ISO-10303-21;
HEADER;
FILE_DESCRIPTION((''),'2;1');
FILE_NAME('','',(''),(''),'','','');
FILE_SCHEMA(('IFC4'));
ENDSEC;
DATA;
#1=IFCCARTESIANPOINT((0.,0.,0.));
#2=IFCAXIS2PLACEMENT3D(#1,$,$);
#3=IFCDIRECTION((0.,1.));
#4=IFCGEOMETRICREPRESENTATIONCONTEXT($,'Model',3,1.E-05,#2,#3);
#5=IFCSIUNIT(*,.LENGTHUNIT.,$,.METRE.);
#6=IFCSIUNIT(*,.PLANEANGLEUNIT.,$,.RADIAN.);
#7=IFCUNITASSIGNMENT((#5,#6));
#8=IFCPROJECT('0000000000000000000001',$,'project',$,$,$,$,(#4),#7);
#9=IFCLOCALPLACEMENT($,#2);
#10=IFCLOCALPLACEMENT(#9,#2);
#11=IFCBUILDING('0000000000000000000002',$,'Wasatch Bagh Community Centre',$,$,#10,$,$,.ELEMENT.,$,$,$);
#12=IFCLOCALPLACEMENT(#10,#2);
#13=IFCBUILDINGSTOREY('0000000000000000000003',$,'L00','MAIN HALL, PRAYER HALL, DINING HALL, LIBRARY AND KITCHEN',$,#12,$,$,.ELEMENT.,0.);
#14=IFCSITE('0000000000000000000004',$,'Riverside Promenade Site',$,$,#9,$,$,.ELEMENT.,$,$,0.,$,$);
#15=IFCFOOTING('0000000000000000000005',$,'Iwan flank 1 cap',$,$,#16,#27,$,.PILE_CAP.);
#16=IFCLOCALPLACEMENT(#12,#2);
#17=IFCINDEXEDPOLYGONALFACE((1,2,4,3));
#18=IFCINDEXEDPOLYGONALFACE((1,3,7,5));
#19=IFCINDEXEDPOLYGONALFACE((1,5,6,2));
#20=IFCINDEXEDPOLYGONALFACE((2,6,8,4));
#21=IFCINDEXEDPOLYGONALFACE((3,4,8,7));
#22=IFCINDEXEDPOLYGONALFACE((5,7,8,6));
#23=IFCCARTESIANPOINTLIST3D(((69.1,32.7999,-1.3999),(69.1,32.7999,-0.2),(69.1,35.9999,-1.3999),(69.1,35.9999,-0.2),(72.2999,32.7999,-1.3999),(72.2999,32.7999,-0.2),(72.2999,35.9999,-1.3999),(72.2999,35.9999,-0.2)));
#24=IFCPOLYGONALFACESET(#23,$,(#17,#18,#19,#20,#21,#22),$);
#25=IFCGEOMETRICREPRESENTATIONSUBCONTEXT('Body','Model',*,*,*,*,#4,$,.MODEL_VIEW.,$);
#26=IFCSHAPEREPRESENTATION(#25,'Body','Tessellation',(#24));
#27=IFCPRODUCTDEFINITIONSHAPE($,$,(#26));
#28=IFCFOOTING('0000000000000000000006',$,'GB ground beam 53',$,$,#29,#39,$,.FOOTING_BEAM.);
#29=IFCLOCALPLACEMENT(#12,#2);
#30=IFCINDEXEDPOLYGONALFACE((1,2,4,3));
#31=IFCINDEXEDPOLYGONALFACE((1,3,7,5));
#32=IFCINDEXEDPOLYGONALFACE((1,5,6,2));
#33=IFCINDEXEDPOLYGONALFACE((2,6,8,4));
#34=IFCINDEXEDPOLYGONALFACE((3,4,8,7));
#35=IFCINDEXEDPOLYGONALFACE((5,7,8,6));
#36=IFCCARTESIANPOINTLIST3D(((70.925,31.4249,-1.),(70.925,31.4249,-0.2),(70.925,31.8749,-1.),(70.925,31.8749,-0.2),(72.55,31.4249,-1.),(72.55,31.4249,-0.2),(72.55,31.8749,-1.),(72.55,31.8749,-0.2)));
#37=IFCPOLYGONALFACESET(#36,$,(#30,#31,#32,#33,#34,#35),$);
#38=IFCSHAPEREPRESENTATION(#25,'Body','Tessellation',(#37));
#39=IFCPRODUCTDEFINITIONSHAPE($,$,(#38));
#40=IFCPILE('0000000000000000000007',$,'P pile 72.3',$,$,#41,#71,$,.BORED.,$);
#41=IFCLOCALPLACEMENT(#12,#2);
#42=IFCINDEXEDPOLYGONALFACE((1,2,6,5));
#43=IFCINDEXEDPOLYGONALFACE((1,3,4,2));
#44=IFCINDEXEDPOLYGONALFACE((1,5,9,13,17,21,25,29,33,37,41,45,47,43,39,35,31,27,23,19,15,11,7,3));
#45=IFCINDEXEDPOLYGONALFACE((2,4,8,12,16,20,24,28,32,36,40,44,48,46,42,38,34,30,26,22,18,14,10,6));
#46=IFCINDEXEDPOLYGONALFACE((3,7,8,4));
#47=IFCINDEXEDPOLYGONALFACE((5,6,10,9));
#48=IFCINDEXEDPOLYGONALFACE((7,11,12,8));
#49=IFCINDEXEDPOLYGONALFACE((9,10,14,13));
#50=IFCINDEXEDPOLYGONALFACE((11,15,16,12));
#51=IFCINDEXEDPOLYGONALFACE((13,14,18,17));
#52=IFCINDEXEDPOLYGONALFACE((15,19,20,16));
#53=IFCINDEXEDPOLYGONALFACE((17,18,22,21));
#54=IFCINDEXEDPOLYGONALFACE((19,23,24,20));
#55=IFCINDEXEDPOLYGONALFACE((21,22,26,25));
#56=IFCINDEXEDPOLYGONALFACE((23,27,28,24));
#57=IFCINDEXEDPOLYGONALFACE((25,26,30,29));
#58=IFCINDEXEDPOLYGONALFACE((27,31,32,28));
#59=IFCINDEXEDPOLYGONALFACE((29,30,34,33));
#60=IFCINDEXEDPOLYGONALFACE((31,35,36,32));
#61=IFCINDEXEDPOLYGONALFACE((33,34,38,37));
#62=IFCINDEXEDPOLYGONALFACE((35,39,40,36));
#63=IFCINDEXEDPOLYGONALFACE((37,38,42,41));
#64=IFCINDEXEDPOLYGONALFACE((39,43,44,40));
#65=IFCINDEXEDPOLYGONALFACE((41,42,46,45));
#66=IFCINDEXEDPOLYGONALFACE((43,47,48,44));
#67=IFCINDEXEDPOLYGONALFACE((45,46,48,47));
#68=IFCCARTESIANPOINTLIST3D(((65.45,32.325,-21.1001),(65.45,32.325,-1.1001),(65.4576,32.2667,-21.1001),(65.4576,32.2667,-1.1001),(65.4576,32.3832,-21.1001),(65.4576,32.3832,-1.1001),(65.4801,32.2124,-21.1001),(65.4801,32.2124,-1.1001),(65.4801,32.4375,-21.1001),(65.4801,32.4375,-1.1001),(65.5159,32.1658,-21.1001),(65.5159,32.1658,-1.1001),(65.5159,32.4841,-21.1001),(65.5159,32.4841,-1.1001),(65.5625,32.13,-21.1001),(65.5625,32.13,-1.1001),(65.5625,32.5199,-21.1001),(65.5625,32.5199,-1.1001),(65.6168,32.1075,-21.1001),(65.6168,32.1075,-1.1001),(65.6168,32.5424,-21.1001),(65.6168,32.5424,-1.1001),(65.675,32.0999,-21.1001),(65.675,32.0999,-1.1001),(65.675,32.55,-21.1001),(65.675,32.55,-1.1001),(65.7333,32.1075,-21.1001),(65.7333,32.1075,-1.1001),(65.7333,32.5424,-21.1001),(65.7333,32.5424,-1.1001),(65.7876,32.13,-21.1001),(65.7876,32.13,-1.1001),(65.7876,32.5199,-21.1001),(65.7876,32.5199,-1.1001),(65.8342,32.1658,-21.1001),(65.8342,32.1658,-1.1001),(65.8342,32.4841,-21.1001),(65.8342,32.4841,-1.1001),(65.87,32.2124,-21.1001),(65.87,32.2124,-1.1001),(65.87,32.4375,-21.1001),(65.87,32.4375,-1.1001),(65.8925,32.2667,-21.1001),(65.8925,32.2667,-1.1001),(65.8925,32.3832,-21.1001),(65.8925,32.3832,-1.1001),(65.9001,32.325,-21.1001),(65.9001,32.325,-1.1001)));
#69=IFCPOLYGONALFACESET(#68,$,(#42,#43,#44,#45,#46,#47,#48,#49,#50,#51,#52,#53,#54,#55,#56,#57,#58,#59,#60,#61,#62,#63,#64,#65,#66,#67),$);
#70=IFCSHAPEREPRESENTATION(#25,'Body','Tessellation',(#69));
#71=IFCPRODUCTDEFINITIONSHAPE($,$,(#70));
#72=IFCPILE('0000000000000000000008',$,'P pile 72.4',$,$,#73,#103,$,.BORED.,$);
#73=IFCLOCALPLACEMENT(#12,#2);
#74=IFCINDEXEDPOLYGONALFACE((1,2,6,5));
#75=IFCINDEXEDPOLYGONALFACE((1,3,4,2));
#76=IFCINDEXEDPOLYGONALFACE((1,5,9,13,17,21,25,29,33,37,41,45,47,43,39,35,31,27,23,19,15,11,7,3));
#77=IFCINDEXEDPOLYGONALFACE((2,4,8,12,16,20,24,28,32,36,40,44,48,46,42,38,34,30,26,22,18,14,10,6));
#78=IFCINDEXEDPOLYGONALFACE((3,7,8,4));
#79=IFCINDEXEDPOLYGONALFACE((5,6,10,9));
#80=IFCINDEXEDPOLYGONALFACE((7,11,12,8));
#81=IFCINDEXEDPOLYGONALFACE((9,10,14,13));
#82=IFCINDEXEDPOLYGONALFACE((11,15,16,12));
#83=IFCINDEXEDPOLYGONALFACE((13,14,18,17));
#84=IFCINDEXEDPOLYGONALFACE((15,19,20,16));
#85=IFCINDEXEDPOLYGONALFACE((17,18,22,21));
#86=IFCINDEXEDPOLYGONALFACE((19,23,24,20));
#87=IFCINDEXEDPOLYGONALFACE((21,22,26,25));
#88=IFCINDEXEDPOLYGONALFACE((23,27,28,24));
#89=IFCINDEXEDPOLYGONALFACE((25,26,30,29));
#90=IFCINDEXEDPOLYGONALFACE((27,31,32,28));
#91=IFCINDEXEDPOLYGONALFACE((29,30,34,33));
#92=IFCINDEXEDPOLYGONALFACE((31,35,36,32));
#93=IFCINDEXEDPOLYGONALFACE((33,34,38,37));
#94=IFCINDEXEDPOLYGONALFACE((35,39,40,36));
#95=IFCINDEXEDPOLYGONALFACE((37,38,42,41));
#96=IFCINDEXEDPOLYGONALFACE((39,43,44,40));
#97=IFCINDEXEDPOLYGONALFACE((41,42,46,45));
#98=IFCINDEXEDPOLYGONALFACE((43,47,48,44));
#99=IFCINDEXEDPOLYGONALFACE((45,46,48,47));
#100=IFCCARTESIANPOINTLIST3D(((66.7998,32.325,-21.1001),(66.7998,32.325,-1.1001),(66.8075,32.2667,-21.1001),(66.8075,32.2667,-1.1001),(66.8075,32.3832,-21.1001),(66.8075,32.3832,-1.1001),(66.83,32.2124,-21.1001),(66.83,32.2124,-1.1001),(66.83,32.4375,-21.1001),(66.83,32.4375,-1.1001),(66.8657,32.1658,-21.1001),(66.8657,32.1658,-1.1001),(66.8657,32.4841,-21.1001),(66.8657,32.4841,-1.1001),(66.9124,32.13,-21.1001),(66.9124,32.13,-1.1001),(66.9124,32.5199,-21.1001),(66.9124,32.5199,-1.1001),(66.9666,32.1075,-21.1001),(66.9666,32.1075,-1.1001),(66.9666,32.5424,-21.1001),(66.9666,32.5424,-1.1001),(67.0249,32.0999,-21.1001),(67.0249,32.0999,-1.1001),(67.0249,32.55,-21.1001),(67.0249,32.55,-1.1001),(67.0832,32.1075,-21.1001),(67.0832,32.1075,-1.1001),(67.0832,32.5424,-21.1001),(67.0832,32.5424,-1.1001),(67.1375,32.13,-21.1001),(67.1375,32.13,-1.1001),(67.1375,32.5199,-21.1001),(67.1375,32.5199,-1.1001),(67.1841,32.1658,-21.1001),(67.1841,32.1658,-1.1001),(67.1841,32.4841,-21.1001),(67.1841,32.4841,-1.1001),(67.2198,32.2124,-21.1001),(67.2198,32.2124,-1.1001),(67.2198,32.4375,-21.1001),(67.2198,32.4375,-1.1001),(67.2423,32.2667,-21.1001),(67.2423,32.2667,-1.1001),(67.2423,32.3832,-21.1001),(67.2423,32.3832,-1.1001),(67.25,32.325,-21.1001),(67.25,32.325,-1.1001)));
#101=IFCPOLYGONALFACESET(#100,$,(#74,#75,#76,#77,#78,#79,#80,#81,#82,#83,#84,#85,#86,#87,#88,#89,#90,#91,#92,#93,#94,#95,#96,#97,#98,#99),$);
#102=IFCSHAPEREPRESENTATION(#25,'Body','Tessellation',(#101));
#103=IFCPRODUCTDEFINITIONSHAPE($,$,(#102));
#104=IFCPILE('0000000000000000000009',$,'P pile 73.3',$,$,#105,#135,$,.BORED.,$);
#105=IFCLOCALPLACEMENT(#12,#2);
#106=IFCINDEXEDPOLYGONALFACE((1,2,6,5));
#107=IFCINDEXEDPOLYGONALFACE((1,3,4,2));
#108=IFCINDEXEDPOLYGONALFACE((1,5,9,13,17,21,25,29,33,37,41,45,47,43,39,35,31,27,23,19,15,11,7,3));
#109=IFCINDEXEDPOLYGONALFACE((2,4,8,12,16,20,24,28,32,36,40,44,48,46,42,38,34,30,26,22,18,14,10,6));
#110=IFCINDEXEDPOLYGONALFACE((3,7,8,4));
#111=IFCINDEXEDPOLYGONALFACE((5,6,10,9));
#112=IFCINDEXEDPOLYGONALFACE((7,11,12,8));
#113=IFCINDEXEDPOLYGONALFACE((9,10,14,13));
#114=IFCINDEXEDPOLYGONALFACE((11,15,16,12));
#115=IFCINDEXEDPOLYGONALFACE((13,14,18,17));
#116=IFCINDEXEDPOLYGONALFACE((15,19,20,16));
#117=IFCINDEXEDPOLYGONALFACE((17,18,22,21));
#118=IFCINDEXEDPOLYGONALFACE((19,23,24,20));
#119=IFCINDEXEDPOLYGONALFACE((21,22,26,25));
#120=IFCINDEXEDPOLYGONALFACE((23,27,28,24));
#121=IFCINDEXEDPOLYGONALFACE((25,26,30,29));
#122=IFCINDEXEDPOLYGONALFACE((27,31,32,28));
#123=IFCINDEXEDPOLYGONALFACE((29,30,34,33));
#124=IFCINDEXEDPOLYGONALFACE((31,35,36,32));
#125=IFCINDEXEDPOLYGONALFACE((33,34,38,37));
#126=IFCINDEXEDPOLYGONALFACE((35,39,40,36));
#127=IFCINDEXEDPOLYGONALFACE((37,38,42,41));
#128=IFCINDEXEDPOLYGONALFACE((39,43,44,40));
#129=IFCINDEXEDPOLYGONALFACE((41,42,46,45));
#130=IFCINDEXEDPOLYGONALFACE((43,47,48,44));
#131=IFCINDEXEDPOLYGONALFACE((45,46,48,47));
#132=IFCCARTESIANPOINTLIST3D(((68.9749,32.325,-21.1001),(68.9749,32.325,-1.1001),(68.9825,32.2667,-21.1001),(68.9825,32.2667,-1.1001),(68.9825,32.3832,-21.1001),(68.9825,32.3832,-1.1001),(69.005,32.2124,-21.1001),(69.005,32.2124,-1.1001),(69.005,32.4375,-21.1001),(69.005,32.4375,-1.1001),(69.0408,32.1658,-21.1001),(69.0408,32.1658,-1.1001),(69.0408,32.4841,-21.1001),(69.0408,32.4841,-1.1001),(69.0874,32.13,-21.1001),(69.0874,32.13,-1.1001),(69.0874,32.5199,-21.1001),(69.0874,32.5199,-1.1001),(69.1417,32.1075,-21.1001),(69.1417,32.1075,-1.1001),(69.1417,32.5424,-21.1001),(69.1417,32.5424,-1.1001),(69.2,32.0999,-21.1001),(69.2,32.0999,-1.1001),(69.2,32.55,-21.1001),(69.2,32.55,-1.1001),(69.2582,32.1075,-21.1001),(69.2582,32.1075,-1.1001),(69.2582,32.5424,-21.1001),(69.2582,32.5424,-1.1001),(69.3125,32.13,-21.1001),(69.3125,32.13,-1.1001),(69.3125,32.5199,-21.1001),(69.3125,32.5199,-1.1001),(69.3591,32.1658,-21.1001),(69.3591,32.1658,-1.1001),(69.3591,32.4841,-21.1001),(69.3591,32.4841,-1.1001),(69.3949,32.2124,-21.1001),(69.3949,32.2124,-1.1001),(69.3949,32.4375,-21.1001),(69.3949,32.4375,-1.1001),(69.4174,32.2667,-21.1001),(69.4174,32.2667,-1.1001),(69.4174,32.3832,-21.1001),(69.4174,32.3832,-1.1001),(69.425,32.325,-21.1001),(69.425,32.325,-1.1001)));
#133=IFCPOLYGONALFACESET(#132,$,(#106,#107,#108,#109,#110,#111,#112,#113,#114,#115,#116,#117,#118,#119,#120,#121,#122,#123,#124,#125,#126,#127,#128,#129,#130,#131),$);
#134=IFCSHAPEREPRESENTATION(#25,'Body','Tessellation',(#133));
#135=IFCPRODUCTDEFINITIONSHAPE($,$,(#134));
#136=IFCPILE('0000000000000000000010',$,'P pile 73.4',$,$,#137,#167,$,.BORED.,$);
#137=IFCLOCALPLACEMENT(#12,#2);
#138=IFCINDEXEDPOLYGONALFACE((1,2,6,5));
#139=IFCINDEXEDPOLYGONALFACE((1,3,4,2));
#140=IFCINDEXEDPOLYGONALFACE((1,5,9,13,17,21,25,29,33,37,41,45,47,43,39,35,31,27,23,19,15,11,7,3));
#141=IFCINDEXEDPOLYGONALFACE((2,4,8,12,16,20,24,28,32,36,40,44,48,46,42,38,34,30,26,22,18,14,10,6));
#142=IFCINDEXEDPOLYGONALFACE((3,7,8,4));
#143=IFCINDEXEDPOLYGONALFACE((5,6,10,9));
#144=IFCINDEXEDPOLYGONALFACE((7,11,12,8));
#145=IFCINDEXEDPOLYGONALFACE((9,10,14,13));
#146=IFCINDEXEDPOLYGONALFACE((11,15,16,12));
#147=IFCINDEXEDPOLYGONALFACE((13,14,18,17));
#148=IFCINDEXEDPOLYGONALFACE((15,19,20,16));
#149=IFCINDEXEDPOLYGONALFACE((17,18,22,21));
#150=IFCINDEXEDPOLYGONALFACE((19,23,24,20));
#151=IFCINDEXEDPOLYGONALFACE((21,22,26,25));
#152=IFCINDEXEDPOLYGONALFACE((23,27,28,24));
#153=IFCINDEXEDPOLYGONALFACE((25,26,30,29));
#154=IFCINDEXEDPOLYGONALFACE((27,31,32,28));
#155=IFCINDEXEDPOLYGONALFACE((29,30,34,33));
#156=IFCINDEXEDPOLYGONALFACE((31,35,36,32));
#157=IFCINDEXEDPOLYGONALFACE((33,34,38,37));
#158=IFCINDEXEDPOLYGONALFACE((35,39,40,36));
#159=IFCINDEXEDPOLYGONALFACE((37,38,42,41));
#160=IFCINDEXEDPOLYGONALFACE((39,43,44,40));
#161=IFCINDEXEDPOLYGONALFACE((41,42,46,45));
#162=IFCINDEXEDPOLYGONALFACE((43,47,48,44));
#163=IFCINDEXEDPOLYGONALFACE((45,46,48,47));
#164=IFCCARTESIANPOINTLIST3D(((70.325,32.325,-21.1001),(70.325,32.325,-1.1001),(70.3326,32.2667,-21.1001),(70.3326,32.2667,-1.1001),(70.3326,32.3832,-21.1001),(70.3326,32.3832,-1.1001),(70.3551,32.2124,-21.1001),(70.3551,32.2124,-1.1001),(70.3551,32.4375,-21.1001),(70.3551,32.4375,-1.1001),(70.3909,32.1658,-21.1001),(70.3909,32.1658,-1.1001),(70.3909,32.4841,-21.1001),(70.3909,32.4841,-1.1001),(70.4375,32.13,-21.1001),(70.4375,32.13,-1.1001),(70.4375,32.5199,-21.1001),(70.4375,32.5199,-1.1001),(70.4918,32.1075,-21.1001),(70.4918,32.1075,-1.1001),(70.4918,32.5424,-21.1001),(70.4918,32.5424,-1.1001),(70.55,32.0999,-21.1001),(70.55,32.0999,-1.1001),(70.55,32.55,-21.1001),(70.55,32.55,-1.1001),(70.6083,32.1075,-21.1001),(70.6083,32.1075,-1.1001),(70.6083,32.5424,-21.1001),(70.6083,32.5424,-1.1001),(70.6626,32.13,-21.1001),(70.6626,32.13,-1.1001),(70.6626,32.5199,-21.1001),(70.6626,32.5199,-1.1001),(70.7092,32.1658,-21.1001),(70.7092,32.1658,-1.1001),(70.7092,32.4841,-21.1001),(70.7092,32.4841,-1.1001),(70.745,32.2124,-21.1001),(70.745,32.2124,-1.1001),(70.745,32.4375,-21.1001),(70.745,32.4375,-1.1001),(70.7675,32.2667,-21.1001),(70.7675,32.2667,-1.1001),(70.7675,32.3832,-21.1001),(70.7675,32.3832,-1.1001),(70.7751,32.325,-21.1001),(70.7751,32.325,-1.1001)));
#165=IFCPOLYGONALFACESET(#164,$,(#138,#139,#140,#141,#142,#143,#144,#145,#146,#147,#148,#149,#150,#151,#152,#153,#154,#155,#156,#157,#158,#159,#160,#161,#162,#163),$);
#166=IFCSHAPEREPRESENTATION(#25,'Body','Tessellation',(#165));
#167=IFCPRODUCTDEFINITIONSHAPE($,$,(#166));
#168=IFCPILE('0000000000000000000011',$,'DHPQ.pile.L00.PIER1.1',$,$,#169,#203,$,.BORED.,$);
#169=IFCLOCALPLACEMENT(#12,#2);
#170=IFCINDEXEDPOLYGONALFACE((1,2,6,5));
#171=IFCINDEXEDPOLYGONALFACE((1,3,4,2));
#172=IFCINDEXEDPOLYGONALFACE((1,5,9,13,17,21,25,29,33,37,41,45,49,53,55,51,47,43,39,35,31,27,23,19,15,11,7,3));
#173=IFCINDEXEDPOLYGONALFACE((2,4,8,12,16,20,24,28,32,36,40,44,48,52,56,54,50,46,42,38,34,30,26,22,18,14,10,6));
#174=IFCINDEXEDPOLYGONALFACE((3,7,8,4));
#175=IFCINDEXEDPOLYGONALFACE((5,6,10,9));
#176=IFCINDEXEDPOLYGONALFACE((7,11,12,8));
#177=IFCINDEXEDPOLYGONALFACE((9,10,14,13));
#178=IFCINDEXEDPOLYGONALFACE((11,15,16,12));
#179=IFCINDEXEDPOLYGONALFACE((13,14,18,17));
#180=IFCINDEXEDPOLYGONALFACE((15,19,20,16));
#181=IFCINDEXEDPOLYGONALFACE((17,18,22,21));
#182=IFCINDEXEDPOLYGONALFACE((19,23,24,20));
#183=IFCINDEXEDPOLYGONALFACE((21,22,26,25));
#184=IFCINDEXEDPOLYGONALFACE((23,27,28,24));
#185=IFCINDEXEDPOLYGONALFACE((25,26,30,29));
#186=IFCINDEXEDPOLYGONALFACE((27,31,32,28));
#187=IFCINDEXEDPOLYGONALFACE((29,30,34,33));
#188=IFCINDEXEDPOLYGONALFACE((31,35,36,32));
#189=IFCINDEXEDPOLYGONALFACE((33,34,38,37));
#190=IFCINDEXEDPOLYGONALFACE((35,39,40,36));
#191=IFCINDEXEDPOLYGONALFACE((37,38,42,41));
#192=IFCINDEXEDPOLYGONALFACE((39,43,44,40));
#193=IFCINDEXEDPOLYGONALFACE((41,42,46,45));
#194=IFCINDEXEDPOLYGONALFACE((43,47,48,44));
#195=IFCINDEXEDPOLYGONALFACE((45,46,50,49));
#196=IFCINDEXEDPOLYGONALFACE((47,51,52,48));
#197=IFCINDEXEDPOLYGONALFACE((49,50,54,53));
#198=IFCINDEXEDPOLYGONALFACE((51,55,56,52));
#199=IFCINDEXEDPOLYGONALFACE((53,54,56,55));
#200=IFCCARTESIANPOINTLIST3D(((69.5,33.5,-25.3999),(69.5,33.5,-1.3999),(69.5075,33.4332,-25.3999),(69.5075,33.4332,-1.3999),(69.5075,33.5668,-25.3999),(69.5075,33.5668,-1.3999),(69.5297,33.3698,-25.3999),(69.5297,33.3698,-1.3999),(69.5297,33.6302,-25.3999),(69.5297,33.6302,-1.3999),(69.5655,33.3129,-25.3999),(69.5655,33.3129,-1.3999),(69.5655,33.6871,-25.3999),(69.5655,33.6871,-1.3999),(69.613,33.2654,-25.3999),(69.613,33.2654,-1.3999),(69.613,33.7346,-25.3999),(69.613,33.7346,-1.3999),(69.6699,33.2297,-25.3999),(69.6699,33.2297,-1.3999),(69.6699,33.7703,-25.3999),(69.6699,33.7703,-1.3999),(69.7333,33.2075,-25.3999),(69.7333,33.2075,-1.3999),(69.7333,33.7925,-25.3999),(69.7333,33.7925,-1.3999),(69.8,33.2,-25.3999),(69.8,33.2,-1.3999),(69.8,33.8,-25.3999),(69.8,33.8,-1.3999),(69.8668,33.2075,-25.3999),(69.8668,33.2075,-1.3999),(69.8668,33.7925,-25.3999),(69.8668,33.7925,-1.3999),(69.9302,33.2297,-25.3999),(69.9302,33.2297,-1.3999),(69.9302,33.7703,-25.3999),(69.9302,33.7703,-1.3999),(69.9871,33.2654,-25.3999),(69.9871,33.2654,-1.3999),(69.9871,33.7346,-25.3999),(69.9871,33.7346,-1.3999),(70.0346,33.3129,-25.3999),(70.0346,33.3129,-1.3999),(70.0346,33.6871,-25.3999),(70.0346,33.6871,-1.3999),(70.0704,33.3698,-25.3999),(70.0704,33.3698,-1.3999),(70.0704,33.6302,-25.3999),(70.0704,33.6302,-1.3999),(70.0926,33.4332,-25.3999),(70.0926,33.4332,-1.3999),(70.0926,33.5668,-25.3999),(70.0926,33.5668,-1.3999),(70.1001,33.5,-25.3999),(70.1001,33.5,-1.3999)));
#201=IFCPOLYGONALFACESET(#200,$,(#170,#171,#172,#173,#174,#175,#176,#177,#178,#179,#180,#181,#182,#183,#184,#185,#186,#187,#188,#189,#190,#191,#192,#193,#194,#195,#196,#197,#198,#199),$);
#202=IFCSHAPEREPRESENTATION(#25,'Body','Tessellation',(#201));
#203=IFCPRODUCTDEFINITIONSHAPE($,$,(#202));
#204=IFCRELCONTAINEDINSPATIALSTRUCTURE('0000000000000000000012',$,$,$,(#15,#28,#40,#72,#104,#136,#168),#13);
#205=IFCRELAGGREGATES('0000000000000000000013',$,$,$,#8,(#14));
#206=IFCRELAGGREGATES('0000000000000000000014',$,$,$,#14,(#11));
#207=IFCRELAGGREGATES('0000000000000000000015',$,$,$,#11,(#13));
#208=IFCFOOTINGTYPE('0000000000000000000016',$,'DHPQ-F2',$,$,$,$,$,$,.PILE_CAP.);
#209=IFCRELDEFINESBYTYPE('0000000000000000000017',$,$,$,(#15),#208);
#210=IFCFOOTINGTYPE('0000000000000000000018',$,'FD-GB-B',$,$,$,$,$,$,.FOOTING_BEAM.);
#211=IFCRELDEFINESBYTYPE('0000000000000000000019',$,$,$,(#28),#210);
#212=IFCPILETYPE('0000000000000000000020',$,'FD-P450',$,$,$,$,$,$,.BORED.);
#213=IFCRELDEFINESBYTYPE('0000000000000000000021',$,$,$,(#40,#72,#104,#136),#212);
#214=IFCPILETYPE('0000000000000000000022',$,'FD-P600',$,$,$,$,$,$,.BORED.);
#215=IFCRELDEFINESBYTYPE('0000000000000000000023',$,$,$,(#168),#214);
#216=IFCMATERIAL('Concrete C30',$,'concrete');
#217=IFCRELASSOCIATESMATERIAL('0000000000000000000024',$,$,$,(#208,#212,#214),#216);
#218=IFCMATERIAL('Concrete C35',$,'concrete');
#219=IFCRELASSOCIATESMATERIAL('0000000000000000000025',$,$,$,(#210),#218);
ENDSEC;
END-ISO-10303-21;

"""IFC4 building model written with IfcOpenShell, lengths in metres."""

from ifc_helpers import new_model, si_unit, direction, frame, origin, origin_2d, place, context, subcontext, project, spatial, rectangle, circle, extrude, material, material_profile, profile_set, type_object, element, save


model = new_model("IFC4")

# Units and contexts
model_context = context("Model", 3, precision=1e-05, world=origin(), true_north=direction((0.0, 1.0)))
body_context = subcontext(model_context, "Body", "Model", "MODEL_VIEW")
ifc_project = project(units=[si_unit("LENGTHUNIT", "METRE"), si_unit("PLANEANGLEUNIT", "RADIAN")], contexts=[model_context])

# Site, building, storey
site_placement = place(None, origin())
site = spatial("IfcSite", under=ifc_project, at=site_placement, Name="Riverside Promenade Site", CompositionType="ELEMENT", RefElevation=0.0)
building_placement = place(site_placement, origin())
building = spatial("IfcBuilding", under=site, at=building_placement, Name="Wasatch Bagh Community Centre", CompositionType="ELEMENT")
storey_placement = place(building_placement, origin())
storey = spatial("IfcBuildingStorey", under=building, at=storey_placement, Name="L00", Description="MAIN HALL, PRAYER HALL, DINING HALL, LIBRARY AND KITCHEN", CompositionType="ELEMENT", Elevation=0.0)

# Footings
ifc_material_1 = material(Name="Concrete C30", Category="concrete")
footing_type_1 = type_object("IfcFootingType", Name="DHPQ-F2", PredefinedType="PILE_CAP", material=ifc_material_1)
footing_1_placement = place(storey_placement, frame((70.7, 34.3999, -1.3999), z_axis=(0.0, 0.0, 1.0), x_axis=(0.0, 1.0, 0.0)))
element("IfcFooting", 1, at=footing_1_placement, inside=storey, type_object=footing_type_1, Name="Iwan flank 1 cap", PredefinedType="PILE_CAP", context=body_context, shape_type="SweptSolid", body=[
    extrude(rectangle(XDim=3.2, YDim=3.2, at=origin_2d()), origin(), (0.0, 0.0, 1.0), 1.2),
])
ifc_material_2 = material(Name="Concrete C35", Category="concrete")
footing_type_2 = type_object("IfcFootingType", Name="FD-GB-B", PredefinedType="FOOTING_BEAM", material=ifc_material_2)
footing_2_placement = place(storey_placement, frame((71.7375, 31.6499, -1.0), z_axis=(0.0, 0.0, 1.0), x_axis=(-1.0, 0.0, 0.0)))
element("IfcFooting", 2, at=footing_2_placement, inside=storey, type_object=footing_type_2, Name="GB ground beam 53", PredefinedType="FOOTING_BEAM", context=body_context, shape_type="SweptSolid", body=[
    extrude(rectangle(XDim=1.625, YDim=0.45, at=origin_2d()), origin(), (0.0, 0.0, 1.0), 0.8),
])

# Piles
ifc_material_profile_1 = material_profile(ifc_material_1, circle(Radius=0.2251, at=origin_2d()), Name="RC D450")
ifc_profile_set_1 = profile_set([ifc_material_profile_1], Name="Concrete C30")
pile_type_1 = type_object("IfcPileType", Name="FD-P450", PredefinedType="BORED", material=ifc_profile_set_1)
for number, where, z_axis, x_axis, name in (
    (3, (65.675, 32.325, -1.1001), (0.0, 0.0, -1.0), (1.0, 0.0, 0.0), "P pile 72.3"),
    (4, (67.0249, 32.325, -1.1001), (0.0, 0.0, -1.0), (1.0, 0.0, 0.0), "P pile 72.4"),
    (5, (69.2, 32.325, -1.1001), (0.0, 0.0, -1.0), (1.0, 0.0, 0.0), "P pile 73.3"),
    (6, (70.55, 32.325, -1.1001), (0.0, 0.0, -1.0), (1.0, 0.0, 0.0), "P pile 73.4"),
):
    element("IfcPile", number, at=place(storey_placement, frame(where, z_axis=z_axis, x_axis=x_axis)), inside=storey, type_object=pile_type_1, Name=name, PredefinedType="BORED", context=body_context, shape_type="SweptSolid", body=[
        extrude(circle(Radius=0.2251, at=origin_2d()), origin(), (0.0, 0.0, 1.0), 20.0),
    ])
ifc_material_profile_2 = material_profile(ifc_material_1, circle(Radius=0.3, at=origin_2d()), Name="RC D600")
ifc_profile_set_2 = profile_set([ifc_material_profile_2], Name="Concrete C30")
pile_type_2 = type_object("IfcPileType", Name="FD-P600", PredefinedType="BORED", material=ifc_profile_set_2)
for number, where, z_axis, x_axis, name in (
    (7, (69.8, 33.5, -1.3999), (0.0, 0.0, -1.0), (1.0, 0.0, 0.0), "DHPQ.pile.L00.PIER1.1"),
):
    element("IfcPile", number, at=place(storey_placement, frame(where, z_axis=z_axis, x_axis=x_axis)), inside=storey, type_object=pile_type_2, Name=name, PredefinedType="BORED", context=body_context, shape_type="SweptSolid", body=[
        extrude(circle(Radius=0.3, at=origin_2d()), origin(), (0.0, 0.0, 1.0), 24.0),
    ])

save(model, "model.ifc")
